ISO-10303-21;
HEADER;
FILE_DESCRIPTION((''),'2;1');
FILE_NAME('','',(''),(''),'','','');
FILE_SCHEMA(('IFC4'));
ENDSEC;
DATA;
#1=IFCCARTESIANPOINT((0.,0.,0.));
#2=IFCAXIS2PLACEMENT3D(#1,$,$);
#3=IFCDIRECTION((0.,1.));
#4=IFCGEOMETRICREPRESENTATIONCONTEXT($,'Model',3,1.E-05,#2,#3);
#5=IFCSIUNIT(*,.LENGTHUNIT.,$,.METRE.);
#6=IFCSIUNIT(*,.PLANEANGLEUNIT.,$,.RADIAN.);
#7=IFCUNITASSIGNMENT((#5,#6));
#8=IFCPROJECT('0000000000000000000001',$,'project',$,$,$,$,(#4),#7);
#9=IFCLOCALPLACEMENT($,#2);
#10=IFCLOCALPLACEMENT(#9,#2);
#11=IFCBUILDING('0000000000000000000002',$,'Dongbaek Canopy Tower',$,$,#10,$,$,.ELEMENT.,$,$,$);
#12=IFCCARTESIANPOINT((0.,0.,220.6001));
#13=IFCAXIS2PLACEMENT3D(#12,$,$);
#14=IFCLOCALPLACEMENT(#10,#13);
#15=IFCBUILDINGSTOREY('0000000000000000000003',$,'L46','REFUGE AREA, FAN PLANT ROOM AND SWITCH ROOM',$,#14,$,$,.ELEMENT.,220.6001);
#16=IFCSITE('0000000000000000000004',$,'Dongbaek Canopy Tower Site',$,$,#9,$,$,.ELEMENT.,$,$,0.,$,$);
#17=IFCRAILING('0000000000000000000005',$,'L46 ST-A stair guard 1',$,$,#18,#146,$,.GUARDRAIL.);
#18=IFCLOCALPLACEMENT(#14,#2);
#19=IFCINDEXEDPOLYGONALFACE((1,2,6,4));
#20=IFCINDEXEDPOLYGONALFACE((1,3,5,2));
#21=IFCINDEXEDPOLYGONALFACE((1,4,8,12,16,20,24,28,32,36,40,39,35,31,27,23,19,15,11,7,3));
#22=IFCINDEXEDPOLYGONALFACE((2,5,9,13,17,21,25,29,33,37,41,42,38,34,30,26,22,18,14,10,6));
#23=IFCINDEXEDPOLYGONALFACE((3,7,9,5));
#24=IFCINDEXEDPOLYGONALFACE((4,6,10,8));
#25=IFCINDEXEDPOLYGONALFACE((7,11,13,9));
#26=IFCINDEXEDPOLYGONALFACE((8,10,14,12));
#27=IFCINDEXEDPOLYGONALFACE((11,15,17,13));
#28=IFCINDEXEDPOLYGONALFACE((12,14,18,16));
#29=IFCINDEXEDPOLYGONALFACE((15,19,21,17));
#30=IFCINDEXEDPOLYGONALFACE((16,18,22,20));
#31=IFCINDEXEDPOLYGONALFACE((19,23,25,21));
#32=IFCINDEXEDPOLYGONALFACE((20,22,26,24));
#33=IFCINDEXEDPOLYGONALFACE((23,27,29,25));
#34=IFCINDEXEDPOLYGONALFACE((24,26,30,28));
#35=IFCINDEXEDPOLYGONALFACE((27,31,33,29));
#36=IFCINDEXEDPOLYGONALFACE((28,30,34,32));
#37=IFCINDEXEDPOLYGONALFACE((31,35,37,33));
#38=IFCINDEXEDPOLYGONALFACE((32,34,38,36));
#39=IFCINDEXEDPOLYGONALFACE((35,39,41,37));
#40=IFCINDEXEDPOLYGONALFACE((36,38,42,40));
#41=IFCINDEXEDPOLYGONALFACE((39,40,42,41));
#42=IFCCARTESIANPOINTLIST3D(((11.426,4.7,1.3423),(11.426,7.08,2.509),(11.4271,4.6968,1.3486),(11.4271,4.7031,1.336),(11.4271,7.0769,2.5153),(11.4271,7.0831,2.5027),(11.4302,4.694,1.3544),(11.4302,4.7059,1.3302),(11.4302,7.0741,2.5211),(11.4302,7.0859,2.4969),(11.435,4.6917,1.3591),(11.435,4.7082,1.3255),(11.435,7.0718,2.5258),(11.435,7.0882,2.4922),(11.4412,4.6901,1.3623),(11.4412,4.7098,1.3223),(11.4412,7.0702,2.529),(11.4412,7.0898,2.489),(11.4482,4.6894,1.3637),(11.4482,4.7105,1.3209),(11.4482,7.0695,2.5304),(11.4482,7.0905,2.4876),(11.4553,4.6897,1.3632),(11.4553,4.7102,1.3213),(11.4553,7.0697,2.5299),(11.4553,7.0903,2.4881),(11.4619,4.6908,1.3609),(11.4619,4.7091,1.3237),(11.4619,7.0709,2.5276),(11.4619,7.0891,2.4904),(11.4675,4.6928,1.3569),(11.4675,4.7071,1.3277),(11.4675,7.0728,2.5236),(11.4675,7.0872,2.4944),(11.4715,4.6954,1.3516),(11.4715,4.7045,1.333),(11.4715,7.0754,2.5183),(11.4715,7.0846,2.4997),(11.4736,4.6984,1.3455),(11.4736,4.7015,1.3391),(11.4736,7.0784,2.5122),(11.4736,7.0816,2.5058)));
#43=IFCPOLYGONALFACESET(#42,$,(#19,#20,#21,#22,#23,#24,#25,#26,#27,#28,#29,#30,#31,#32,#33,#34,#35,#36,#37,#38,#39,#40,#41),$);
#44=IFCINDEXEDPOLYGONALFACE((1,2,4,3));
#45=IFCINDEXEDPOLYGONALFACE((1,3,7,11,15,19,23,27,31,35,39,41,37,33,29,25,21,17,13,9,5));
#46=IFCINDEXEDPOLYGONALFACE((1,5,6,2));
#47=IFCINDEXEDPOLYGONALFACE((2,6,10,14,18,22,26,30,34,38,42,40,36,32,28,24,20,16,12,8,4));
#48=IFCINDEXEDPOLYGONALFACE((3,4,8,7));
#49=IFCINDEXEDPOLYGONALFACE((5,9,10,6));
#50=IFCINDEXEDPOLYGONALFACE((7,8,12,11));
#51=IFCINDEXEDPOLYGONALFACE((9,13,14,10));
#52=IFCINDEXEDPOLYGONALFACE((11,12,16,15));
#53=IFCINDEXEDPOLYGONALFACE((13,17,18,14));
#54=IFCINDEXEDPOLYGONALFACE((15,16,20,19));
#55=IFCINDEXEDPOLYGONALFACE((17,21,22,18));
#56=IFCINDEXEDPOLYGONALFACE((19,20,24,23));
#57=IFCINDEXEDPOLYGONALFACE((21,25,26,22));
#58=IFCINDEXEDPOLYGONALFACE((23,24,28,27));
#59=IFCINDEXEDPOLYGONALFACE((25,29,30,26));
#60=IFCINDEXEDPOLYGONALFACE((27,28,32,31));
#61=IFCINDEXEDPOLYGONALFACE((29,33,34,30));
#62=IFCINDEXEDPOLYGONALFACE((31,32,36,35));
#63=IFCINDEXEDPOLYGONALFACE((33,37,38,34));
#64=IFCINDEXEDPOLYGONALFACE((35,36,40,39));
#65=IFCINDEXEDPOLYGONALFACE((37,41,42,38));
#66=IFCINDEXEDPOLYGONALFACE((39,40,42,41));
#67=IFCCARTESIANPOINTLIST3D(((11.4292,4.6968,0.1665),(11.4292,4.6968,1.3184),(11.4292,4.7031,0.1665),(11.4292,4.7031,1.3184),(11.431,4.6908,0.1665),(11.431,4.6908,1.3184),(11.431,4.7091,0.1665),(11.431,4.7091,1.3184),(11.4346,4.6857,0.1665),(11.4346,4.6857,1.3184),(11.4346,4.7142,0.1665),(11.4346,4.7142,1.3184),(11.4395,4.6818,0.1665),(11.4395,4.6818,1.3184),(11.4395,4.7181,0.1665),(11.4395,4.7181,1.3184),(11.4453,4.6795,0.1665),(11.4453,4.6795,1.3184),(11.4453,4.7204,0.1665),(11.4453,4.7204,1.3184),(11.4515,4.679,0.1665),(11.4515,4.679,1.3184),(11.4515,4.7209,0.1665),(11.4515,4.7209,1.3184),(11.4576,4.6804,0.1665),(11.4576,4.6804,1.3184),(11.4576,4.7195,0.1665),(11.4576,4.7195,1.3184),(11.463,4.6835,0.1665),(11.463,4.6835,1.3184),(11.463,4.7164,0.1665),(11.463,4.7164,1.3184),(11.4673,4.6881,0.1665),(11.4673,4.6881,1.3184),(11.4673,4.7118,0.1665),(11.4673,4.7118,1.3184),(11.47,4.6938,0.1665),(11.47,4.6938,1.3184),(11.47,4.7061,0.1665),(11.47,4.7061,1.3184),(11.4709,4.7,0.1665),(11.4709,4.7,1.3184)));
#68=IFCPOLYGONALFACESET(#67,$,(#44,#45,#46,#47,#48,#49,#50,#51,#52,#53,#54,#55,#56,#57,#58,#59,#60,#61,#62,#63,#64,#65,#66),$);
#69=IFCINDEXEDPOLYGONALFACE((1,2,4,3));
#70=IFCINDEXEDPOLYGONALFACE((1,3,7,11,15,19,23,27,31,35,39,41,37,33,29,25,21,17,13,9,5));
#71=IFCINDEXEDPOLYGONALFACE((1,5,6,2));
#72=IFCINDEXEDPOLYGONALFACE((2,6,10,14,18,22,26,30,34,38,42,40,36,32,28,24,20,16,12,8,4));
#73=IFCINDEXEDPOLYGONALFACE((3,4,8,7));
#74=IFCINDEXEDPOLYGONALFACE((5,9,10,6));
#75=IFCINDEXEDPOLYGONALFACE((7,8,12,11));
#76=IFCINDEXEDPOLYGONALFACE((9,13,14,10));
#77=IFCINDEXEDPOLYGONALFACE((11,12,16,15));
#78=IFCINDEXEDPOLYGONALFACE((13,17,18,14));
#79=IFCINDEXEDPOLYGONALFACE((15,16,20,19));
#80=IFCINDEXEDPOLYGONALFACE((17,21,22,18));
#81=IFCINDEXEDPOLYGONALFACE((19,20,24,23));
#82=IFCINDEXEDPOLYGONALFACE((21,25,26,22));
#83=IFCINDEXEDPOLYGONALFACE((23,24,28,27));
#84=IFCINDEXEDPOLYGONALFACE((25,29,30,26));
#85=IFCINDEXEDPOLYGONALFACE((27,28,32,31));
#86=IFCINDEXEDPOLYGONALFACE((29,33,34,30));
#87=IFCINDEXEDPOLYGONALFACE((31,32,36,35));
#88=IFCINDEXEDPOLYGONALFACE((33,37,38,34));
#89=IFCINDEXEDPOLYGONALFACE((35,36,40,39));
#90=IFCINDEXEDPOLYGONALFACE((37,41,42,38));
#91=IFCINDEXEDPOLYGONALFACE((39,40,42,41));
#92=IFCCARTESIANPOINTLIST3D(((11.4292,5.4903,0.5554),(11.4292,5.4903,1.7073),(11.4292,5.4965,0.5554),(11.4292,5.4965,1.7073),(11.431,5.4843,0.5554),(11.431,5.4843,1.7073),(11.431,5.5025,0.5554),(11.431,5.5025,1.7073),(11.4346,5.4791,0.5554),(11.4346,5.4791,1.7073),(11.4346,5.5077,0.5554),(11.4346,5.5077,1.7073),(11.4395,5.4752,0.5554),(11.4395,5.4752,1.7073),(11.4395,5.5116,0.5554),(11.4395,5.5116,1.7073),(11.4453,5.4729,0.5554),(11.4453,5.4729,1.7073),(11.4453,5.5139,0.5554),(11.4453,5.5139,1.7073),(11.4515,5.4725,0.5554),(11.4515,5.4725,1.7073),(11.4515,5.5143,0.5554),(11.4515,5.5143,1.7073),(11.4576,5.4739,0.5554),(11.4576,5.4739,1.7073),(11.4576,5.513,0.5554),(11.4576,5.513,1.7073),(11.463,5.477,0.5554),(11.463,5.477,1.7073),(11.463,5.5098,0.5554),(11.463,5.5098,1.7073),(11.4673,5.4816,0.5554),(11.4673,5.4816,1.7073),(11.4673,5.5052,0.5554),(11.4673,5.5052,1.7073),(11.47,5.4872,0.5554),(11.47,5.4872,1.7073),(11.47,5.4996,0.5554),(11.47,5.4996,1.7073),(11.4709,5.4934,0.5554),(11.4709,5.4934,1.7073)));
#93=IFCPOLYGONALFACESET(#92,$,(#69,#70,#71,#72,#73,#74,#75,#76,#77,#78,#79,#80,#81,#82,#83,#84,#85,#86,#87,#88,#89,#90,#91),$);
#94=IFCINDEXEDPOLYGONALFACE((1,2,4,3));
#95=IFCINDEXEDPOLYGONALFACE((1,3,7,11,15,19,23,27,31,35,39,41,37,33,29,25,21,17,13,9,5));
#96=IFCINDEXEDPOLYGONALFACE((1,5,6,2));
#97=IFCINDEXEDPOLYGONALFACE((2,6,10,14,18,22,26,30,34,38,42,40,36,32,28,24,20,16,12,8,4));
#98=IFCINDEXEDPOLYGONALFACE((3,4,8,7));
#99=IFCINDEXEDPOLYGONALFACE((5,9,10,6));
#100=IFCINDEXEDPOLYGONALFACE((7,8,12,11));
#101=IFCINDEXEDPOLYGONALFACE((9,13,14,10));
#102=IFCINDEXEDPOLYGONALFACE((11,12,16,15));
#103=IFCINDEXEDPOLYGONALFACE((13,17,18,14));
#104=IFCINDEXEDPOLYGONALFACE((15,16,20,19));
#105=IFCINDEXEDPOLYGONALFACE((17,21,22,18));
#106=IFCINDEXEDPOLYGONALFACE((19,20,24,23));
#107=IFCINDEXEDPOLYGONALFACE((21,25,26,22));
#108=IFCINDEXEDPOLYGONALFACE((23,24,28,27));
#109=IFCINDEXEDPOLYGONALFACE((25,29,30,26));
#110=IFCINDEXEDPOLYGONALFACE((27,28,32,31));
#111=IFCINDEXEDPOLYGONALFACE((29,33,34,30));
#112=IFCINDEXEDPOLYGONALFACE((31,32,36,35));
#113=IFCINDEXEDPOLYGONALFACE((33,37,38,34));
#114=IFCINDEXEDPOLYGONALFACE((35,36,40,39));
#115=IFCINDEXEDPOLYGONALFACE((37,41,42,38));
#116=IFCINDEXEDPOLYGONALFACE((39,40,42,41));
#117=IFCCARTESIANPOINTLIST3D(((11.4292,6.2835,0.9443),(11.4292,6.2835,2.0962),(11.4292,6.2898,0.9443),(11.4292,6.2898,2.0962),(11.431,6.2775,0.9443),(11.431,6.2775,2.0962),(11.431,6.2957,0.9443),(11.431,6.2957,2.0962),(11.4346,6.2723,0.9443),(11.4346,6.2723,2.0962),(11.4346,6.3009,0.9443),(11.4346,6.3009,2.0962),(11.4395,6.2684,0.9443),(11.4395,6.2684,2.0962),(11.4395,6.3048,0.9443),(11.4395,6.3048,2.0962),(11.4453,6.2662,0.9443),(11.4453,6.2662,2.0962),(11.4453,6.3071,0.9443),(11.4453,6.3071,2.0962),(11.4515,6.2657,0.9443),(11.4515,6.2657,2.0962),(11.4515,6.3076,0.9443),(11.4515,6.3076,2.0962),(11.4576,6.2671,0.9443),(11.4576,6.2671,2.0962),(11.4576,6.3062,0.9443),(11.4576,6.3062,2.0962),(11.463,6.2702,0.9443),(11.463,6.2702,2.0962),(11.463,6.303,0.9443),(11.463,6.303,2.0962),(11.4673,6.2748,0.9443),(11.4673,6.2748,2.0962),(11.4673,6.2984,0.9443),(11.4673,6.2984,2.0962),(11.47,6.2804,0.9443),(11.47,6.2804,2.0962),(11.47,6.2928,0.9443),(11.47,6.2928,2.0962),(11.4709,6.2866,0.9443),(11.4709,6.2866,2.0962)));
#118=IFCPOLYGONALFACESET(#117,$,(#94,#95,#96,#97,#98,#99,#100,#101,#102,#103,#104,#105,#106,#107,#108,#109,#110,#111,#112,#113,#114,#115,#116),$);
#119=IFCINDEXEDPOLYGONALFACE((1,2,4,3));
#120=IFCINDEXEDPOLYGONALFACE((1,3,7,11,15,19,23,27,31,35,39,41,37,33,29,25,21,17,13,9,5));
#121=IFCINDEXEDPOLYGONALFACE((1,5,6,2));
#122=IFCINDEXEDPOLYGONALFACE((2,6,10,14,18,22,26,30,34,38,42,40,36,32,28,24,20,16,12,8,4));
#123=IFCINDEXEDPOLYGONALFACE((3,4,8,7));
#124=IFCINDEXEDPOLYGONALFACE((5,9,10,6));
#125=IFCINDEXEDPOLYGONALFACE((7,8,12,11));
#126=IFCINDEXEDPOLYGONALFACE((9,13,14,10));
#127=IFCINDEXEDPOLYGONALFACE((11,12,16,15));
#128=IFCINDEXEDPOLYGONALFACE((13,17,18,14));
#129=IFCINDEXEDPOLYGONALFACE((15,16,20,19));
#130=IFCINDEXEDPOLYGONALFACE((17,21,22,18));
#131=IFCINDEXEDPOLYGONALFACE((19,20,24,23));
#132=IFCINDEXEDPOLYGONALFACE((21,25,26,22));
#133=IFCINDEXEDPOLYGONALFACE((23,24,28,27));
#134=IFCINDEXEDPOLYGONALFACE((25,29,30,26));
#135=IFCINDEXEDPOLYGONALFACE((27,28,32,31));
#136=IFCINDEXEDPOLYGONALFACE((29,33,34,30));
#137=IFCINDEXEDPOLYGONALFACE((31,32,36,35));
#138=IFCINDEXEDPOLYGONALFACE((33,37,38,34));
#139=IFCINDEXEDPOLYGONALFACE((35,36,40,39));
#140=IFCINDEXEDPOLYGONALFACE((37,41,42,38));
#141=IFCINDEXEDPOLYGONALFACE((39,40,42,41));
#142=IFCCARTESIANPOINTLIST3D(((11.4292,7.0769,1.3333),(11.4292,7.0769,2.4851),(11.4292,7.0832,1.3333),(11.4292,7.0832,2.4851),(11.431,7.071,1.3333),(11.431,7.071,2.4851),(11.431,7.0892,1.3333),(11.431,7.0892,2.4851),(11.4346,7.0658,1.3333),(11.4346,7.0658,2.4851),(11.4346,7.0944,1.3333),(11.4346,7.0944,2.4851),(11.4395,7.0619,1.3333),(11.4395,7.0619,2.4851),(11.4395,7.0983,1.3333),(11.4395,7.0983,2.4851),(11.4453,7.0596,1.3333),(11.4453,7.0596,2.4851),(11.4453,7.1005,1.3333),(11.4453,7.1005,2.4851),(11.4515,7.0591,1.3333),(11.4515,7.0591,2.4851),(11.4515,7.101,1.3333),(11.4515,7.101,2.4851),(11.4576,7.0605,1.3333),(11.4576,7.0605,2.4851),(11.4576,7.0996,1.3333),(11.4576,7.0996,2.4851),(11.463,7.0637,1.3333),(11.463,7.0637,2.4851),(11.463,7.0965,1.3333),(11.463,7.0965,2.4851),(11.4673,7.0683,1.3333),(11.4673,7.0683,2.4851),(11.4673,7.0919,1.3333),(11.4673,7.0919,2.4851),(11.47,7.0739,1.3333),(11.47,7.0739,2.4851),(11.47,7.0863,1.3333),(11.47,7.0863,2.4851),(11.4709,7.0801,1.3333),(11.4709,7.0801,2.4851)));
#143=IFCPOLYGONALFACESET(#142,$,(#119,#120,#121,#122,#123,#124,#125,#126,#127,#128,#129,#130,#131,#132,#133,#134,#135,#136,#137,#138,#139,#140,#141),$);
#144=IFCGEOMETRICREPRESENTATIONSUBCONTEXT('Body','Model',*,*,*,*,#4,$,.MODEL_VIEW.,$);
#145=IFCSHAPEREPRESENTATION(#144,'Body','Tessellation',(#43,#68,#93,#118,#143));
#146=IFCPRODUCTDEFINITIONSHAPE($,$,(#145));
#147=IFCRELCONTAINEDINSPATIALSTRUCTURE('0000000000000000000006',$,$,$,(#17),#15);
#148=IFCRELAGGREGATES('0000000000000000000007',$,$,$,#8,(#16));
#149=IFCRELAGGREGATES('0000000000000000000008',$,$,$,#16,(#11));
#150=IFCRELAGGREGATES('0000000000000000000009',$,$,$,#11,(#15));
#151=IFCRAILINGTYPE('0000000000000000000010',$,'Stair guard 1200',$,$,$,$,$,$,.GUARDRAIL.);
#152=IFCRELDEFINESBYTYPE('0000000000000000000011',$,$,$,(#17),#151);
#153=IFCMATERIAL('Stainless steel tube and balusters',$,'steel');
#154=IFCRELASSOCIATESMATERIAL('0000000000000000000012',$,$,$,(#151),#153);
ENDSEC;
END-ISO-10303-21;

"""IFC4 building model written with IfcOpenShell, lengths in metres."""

from ifc_helpers import new_model, si_unit, direction, frame, origin, origin_2d, place, context, subcontext, project, spatial, circle, extrude, material, type_object, element, save


model = new_model("IFC4")

# Units and contexts
model_context = context("Model", 3, precision=1e-05, world=origin(), true_north=direction((0.0, 1.0)))
body_context = subcontext(model_context, "Body", "Model", "MODEL_VIEW")
ifc_project = project(units=[si_unit("LENGTHUNIT", "METRE"), si_unit("PLANEANGLEUNIT", "RADIAN")], contexts=[model_context])

# Site, building, storey
site_placement = place(None, origin())
site = spatial("IfcSite", under=ifc_project, at=site_placement, Name="Dongbaek Canopy Tower Site", CompositionType="ELEMENT", RefElevation=0.0)
building_placement = place(site_placement, origin())
building = spatial("IfcBuilding", under=site, at=building_placement, Name="Dongbaek Canopy Tower", CompositionType="ELEMENT")
storey_placement = place(building_placement, frame((0.0, 0.0, 220.6001)))
storey = spatial("IfcBuildingStorey", under=building, at=storey_placement, Name="L46", Description="REFUGE AREA, FAN PLANT ROOM AND SWITCH ROOM", CompositionType="ELEMENT", Elevation=220.6001)

# Railing
ifc_material_1 = material(Name="Stainless steel tube and balusters", Category="steel")
railing_type_1 = type_object("IfcRailingType", Name="Stair guard 1200", PredefinedType="GUARDRAIL", material=ifc_material_1)
railing_1_placement = place(storey_placement, frame((11.45, 4.7, 0.1665)))
element("IfcRailing", 1, at=railing_1_placement, inside=storey, type_object=railing_type_1, Name="L46 ST-A stair guard 1", PredefinedType="GUARDRAIL", context=body_context, shape_type="SweptSolid", body=[
    extrude(circle(Radius=0.0239, at=origin_2d()), frame((0.0, 0.0, 1.1758), z_axis=(0.0, 0.897918, 0.440163), x_axis=(-1.0, 0.0, 0.0)), (0.0, 0.0, 1.0), 2.6506),
    extrude(circle(Radius=0.021, at=origin_2d()), origin(), (0.0, 0.0, 1.0), 1.1519),
    extrude(circle(Radius=0.021, at=origin_2d()), frame((0.0, 0.7935, 0.3889)), (0.0, 0.0, 1.0), 1.1519),
    extrude(circle(Radius=0.021, at=origin_2d()), frame((0.0, 1.5867, 0.7778)), (0.0, 0.0, 1.0), 1.1519),
    extrude(circle(Radius=0.021, at=origin_2d()), frame((0.0, 2.3801, 1.1667)), (0.0, 0.0, 1.0), 1.1519),
])

save(model, "model.ifc")
